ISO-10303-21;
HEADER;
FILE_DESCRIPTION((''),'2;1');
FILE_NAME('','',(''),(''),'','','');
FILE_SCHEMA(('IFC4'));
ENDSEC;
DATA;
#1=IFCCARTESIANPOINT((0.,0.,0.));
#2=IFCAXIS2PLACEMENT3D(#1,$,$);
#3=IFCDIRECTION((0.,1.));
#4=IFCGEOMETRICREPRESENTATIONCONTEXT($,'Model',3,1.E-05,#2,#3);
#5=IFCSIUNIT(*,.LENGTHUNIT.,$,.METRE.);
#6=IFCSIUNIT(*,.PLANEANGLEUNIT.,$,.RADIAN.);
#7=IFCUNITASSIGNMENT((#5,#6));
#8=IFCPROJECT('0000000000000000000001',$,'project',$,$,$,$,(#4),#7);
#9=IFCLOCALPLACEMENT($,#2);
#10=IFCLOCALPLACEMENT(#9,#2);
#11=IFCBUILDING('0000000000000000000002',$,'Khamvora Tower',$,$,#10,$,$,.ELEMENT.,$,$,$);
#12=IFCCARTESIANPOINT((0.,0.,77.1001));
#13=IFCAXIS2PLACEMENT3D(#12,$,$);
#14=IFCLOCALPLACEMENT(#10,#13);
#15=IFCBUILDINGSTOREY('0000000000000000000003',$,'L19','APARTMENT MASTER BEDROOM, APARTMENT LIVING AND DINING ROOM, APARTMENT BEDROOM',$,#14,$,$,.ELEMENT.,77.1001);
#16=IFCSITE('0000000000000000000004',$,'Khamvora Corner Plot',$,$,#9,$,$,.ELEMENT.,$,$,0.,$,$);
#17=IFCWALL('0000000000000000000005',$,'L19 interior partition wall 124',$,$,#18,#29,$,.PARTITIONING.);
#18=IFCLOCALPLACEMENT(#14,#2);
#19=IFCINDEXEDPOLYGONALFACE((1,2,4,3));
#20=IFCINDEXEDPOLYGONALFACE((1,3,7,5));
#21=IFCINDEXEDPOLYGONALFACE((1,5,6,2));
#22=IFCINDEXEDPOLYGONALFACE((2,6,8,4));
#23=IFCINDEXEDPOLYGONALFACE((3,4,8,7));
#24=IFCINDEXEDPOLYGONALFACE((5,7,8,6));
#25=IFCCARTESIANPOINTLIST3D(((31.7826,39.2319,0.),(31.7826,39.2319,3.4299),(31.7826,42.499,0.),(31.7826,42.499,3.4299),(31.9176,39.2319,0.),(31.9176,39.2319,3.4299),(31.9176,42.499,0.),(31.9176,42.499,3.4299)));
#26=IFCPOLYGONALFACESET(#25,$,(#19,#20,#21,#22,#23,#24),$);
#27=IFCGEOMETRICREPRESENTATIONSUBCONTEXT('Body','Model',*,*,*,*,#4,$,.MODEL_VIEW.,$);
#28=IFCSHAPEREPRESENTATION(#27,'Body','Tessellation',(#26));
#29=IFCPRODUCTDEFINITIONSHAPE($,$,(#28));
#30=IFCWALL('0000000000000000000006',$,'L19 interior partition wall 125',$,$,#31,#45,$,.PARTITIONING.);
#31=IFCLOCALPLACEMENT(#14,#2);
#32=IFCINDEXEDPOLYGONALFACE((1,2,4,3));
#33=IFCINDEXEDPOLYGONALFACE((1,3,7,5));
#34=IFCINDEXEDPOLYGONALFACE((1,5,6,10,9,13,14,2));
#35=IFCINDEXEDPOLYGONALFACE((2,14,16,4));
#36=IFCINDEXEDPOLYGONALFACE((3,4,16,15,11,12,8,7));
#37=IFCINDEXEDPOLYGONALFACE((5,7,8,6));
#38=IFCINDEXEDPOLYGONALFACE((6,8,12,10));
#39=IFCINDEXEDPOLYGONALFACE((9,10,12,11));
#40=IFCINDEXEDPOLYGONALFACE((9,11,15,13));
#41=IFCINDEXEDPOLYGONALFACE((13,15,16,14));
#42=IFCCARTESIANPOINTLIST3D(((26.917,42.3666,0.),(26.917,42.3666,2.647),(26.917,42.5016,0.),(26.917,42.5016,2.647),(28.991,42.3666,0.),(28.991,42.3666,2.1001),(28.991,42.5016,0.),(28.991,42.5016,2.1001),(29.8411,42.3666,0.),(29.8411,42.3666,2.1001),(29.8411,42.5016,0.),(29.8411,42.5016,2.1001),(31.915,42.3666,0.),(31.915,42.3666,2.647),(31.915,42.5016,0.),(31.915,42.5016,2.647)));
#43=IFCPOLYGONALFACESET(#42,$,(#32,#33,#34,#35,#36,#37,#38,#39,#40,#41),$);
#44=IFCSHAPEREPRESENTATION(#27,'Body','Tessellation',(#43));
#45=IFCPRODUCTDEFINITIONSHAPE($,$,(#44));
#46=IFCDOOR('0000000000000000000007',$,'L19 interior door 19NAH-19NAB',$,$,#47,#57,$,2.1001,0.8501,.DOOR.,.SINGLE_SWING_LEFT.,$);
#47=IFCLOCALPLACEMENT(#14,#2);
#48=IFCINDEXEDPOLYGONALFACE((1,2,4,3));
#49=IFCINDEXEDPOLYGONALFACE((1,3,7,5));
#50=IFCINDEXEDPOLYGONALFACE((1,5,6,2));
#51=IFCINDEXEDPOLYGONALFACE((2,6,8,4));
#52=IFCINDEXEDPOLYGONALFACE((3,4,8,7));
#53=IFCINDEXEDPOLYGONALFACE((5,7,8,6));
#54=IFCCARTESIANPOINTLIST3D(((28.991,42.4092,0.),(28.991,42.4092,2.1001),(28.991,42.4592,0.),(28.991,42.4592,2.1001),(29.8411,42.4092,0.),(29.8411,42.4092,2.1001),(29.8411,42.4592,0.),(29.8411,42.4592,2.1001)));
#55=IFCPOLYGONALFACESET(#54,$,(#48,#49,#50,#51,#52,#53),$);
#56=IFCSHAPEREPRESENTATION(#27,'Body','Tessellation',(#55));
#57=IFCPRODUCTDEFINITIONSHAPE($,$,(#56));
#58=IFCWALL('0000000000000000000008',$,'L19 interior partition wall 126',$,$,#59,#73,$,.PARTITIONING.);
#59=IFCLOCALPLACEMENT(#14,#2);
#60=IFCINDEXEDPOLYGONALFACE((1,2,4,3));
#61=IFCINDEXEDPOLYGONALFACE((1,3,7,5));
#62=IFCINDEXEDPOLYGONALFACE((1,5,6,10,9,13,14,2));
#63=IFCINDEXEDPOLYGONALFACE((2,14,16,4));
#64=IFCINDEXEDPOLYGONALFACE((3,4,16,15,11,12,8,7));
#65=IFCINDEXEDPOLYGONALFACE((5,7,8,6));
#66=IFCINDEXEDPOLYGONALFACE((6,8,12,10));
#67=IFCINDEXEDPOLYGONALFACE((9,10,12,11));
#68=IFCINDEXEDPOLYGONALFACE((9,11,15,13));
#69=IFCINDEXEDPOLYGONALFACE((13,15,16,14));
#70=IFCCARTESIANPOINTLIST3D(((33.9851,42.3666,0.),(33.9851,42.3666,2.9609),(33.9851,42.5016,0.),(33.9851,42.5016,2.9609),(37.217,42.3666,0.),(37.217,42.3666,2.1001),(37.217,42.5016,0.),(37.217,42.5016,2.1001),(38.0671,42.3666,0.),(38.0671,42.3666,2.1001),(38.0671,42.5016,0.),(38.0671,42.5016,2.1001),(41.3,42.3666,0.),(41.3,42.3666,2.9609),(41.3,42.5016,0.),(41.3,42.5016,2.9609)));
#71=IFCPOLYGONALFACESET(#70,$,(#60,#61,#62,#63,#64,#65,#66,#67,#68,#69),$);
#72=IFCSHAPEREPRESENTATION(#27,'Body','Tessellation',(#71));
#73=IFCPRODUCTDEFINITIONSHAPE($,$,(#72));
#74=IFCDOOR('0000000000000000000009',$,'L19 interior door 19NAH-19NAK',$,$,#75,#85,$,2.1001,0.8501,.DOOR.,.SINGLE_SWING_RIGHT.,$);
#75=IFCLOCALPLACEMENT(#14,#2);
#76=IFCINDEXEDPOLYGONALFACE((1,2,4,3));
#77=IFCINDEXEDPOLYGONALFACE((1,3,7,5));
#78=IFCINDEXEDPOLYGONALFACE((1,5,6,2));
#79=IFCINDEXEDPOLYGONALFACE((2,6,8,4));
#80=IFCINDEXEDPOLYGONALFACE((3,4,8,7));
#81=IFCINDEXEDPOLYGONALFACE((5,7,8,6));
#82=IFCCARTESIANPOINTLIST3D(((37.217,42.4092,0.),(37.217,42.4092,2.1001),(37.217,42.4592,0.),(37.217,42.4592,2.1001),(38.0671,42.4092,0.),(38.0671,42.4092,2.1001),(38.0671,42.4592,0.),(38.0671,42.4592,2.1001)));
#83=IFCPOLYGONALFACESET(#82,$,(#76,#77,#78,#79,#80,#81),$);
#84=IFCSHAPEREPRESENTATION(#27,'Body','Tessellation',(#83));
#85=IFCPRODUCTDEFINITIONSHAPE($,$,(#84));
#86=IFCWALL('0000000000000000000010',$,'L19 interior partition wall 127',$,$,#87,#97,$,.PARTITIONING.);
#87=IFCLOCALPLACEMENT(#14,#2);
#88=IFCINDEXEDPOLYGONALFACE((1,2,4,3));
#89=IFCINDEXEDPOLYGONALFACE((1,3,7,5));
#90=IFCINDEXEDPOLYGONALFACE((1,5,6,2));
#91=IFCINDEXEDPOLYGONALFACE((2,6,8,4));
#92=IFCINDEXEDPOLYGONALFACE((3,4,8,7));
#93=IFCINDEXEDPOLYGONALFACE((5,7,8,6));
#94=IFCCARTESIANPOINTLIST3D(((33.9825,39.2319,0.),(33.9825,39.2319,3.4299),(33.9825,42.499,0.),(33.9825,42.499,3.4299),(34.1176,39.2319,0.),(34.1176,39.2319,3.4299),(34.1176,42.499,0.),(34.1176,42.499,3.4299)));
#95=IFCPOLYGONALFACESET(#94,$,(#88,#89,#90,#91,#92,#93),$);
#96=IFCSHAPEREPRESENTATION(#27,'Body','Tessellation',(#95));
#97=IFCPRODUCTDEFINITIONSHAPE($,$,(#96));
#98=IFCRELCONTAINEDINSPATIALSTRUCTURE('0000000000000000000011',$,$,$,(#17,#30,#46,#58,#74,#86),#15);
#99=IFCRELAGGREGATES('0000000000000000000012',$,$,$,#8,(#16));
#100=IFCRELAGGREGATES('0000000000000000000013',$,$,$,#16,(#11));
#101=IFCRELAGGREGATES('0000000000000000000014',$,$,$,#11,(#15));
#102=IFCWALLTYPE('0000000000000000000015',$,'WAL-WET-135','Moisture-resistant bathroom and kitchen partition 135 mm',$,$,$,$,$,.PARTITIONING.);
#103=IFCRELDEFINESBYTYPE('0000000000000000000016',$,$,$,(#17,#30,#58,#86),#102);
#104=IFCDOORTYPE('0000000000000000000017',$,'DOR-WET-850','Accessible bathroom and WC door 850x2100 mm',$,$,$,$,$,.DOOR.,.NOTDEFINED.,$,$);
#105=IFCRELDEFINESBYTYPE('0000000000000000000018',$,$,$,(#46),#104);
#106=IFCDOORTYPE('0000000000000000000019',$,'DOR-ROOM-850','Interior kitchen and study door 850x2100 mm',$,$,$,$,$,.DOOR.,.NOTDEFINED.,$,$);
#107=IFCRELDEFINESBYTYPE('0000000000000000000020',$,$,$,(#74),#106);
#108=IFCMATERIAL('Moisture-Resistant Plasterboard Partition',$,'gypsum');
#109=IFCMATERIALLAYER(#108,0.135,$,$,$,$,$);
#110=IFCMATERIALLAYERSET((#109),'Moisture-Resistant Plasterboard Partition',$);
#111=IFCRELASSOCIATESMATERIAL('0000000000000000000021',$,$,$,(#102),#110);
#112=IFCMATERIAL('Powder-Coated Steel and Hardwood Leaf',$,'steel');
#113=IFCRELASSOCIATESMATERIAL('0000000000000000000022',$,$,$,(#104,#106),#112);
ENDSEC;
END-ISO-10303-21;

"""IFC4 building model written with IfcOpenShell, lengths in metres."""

from ifc_helpers import new_model, si_unit, direction, frame, frame_2d, origin, place, context, subcontext, project, spatial, rectangle, extrude, material, layer, layer_set, type_object, element, fill, save


model = new_model("IFC4")

# Units and contexts
model_context = context("Model", 3, precision=1e-05, world=origin(), true_north=direction((0.0, 1.0)))
body_context = subcontext(model_context, "Body", "Model", "MODEL_VIEW")
ifc_project = project(units=[si_unit("LENGTHUNIT", "METRE"), si_unit("PLANEANGLEUNIT", "RADIAN")], contexts=[model_context])

# Site, building, storey
site_placement = place(None, origin())
site = spatial("IfcSite", under=ifc_project, at=site_placement, Name="Khamvora Corner Plot", CompositionType="ELEMENT", RefElevation=0.0)
building_placement = place(site_placement, origin())
building = spatial("IfcBuilding", under=site, at=building_placement, Name="Khamvora Tower", CompositionType="ELEMENT")
storey_placement = place(building_placement, frame((0.0, 0.0, 77.1001)))
storey = spatial("IfcBuildingStorey", under=building, at=storey_placement, Name="L19", Description="APARTMENT MASTER BEDROOM, APARTMENT LIVING AND DINING ROOM, APARTMENT BEDROOM", CompositionType="ELEMENT", Elevation=77.1001)

# Shared definitions
ifc_material_1 = material(Name="Powder-Coated Steel and Hardwood Leaf", Category="steel")

# Wall
ifc_material_2 = material(Name="Moisture-Resistant Plasterboard Partition", Category="gypsum")
ifc_layer_1 = layer(ifc_material_2, 0.135)
ifc_layer_set_1 = layer_set([ifc_layer_1], Name="Moisture-Resistant Plasterboard Partition")
wall_type_1 = type_object("IfcWallType", Name="WAL-WET-135", Description="Moisture-resistant bathroom and kitchen partition 135 mm", PredefinedType="PARTITIONING", material=ifc_layer_set_1)
wall_1_placement = place(storey_placement, frame((31.8501, 39.2319, 0.0), z_axis=(0.0, 0.0, 1.0), x_axis=(0.0, 1.0, 0.0)))
element("IfcWall", 1, at=wall_1_placement, inside=storey, type_object=wall_type_1, Name="L19 interior partition wall 124", PredefinedType="PARTITIONING", context=body_context, shape_type="SweptSolid", body=[
    extrude(rectangle(XDim=3.2671, YDim=0.135, at=frame_2d((1.6335, 0.0))), origin(), (0.0, 0.0, 1.0), 3.4299),
])

# Walls, openings, doors
wall_2_placement = place(storey_placement, frame((31.915, 42.4341, 0.0), z_axis=(0.0, 0.0, 1.0), x_axis=(-1.0, 0.0, 0.0)))
wall_2 = element("IfcWall", 2, at=wall_2_placement, inside=storey, type_object=wall_type_1, Name="L19 interior partition wall 125", PredefinedType="PARTITIONING", context=body_context, shape_type="SweptSolid", body=[
    extrude(rectangle(XDim=4.998, YDim=0.135, at=frame_2d((2.499, 0.0))), origin(), (0.0, 0.0, 1.0), 2.647),
])
opening_1_placement = place(wall_2_placement, frame((2.074, 0.0, 0.0)))
opening_1 = element("IfcOpeningElement", 3, at=opening_1_placement, cuts=wall_2, PredefinedType="OPENING", context=body_context, shape_type="SweptSolid", body=[
    extrude(rectangle(XDim=0.8501, YDim=2.1001, at=frame_2d((0.425, 1.05))), frame((0.0, 0.0774, 0.0), z_axis=(0.0, -1.0, 0.0), x_axis=(1.0, 0.0, 0.0)), (0.0, 0.0, 1.0), 0.155),
])
door_type_1 = type_object("IfcDoorType", Name="DOR-WET-850", Description="Accessible bathroom and WC door 850x2100 mm", OperationType="NOTDEFINED", PredefinedType="DOOR", material=ifc_material_1)
door_1_placement = place(opening_1_placement, origin())
door_1 = element("IfcDoor", 4, at=door_1_placement, inside=storey, type_object=door_type_1, Name="L19 interior door 19NAH-19NAB", OperationType="SINGLE_SWING_LEFT", OverallHeight=2.1001, OverallWidth=0.8501, PredefinedType="DOOR", context=body_context, shape_type="SweptSolid", body=[
    extrude(rectangle(XDim=0.8501, YDim=2.1001, at=frame_2d((0.425, 1.05))), frame((0.0, 0.0249, 0.0), z_axis=(0.0, -1.0, 0.0), x_axis=(1.0, 0.0, 0.0)), (0.0, 0.0, 1.0), 0.05),
])
fill(opening_1, door_1)
wall_3_placement = place(storey_placement, frame((41.3, 42.4341, 0.0), z_axis=(0.0, 0.0, 1.0), x_axis=(-1.0, 0.0, 0.0)))
wall_3 = element("IfcWall", 5, at=wall_3_placement, inside=storey, type_object=wall_type_1, Name="L19 interior partition wall 126", PredefinedType="PARTITIONING", context=body_context, shape_type="SweptSolid", body=[
    extrude(rectangle(XDim=7.3149, YDim=0.135, at=frame_2d((3.6575, 0.0))), origin(), (0.0, 0.0, 1.0), 2.9609),
])
opening_2_placement = place(wall_3_placement, frame((3.2329, 0.0, 0.0)))
opening_2 = element("IfcOpeningElement", 6, at=opening_2_placement, cuts=wall_3, PredefinedType="OPENING", context=body_context, shape_type="SweptSolid", body=[
    extrude(rectangle(XDim=0.8501, YDim=2.1001, at=frame_2d((0.425, 1.05))), frame((0.0, 0.0774, 0.0), z_axis=(0.0, -1.0, 0.0), x_axis=(1.0, 0.0, 0.0)), (0.0, 0.0, 1.0), 0.155),
])
door_type_2 = type_object("IfcDoorType", Name="DOR-ROOM-850", Description="Interior kitchen and study door 850x2100 mm", OperationType="NOTDEFINED", PredefinedType="DOOR", material=ifc_material_1)
door_2_placement = place(opening_2_placement, origin())
door_2 = element("IfcDoor", 7, at=door_2_placement, inside=storey, type_object=door_type_2, Name="L19 interior door 19NAH-19NAK", OperationType="SINGLE_SWING_RIGHT", OverallHeight=2.1001, OverallWidth=0.8501, PredefinedType="DOOR", context=body_context, shape_type="SweptSolid", body=[
    extrude(rectangle(XDim=0.8501, YDim=2.1001, at=frame_2d((0.425, 1.05))), frame((0.0, 0.0249, 0.0), z_axis=(0.0, -1.0, 0.0), x_axis=(1.0, 0.0, 0.0)), (0.0, 0.0, 1.0), 0.05),
])
fill(opening_2, door_2)

# Wall
wall_4_placement = place(storey_placement, frame((34.05, 42.499, 0.0), z_axis=(0.0, 0.0, 1.0), x_axis=(0.0, -1.0, 0.0)))
element("IfcWall", 8, at=wall_4_placement, inside=storey, type_object=wall_type_1, Name="L19 interior partition wall 127", PredefinedType="PARTITIONING", context=body_context, shape_type="SweptSolid", body=[
    extrude(rectangle(XDim=3.2671, YDim=0.135, at=frame_2d((1.6335, 0.0))), origin(), (0.0, 0.0, 1.0), 3.4299),
])

save(model, "model.ifc")
